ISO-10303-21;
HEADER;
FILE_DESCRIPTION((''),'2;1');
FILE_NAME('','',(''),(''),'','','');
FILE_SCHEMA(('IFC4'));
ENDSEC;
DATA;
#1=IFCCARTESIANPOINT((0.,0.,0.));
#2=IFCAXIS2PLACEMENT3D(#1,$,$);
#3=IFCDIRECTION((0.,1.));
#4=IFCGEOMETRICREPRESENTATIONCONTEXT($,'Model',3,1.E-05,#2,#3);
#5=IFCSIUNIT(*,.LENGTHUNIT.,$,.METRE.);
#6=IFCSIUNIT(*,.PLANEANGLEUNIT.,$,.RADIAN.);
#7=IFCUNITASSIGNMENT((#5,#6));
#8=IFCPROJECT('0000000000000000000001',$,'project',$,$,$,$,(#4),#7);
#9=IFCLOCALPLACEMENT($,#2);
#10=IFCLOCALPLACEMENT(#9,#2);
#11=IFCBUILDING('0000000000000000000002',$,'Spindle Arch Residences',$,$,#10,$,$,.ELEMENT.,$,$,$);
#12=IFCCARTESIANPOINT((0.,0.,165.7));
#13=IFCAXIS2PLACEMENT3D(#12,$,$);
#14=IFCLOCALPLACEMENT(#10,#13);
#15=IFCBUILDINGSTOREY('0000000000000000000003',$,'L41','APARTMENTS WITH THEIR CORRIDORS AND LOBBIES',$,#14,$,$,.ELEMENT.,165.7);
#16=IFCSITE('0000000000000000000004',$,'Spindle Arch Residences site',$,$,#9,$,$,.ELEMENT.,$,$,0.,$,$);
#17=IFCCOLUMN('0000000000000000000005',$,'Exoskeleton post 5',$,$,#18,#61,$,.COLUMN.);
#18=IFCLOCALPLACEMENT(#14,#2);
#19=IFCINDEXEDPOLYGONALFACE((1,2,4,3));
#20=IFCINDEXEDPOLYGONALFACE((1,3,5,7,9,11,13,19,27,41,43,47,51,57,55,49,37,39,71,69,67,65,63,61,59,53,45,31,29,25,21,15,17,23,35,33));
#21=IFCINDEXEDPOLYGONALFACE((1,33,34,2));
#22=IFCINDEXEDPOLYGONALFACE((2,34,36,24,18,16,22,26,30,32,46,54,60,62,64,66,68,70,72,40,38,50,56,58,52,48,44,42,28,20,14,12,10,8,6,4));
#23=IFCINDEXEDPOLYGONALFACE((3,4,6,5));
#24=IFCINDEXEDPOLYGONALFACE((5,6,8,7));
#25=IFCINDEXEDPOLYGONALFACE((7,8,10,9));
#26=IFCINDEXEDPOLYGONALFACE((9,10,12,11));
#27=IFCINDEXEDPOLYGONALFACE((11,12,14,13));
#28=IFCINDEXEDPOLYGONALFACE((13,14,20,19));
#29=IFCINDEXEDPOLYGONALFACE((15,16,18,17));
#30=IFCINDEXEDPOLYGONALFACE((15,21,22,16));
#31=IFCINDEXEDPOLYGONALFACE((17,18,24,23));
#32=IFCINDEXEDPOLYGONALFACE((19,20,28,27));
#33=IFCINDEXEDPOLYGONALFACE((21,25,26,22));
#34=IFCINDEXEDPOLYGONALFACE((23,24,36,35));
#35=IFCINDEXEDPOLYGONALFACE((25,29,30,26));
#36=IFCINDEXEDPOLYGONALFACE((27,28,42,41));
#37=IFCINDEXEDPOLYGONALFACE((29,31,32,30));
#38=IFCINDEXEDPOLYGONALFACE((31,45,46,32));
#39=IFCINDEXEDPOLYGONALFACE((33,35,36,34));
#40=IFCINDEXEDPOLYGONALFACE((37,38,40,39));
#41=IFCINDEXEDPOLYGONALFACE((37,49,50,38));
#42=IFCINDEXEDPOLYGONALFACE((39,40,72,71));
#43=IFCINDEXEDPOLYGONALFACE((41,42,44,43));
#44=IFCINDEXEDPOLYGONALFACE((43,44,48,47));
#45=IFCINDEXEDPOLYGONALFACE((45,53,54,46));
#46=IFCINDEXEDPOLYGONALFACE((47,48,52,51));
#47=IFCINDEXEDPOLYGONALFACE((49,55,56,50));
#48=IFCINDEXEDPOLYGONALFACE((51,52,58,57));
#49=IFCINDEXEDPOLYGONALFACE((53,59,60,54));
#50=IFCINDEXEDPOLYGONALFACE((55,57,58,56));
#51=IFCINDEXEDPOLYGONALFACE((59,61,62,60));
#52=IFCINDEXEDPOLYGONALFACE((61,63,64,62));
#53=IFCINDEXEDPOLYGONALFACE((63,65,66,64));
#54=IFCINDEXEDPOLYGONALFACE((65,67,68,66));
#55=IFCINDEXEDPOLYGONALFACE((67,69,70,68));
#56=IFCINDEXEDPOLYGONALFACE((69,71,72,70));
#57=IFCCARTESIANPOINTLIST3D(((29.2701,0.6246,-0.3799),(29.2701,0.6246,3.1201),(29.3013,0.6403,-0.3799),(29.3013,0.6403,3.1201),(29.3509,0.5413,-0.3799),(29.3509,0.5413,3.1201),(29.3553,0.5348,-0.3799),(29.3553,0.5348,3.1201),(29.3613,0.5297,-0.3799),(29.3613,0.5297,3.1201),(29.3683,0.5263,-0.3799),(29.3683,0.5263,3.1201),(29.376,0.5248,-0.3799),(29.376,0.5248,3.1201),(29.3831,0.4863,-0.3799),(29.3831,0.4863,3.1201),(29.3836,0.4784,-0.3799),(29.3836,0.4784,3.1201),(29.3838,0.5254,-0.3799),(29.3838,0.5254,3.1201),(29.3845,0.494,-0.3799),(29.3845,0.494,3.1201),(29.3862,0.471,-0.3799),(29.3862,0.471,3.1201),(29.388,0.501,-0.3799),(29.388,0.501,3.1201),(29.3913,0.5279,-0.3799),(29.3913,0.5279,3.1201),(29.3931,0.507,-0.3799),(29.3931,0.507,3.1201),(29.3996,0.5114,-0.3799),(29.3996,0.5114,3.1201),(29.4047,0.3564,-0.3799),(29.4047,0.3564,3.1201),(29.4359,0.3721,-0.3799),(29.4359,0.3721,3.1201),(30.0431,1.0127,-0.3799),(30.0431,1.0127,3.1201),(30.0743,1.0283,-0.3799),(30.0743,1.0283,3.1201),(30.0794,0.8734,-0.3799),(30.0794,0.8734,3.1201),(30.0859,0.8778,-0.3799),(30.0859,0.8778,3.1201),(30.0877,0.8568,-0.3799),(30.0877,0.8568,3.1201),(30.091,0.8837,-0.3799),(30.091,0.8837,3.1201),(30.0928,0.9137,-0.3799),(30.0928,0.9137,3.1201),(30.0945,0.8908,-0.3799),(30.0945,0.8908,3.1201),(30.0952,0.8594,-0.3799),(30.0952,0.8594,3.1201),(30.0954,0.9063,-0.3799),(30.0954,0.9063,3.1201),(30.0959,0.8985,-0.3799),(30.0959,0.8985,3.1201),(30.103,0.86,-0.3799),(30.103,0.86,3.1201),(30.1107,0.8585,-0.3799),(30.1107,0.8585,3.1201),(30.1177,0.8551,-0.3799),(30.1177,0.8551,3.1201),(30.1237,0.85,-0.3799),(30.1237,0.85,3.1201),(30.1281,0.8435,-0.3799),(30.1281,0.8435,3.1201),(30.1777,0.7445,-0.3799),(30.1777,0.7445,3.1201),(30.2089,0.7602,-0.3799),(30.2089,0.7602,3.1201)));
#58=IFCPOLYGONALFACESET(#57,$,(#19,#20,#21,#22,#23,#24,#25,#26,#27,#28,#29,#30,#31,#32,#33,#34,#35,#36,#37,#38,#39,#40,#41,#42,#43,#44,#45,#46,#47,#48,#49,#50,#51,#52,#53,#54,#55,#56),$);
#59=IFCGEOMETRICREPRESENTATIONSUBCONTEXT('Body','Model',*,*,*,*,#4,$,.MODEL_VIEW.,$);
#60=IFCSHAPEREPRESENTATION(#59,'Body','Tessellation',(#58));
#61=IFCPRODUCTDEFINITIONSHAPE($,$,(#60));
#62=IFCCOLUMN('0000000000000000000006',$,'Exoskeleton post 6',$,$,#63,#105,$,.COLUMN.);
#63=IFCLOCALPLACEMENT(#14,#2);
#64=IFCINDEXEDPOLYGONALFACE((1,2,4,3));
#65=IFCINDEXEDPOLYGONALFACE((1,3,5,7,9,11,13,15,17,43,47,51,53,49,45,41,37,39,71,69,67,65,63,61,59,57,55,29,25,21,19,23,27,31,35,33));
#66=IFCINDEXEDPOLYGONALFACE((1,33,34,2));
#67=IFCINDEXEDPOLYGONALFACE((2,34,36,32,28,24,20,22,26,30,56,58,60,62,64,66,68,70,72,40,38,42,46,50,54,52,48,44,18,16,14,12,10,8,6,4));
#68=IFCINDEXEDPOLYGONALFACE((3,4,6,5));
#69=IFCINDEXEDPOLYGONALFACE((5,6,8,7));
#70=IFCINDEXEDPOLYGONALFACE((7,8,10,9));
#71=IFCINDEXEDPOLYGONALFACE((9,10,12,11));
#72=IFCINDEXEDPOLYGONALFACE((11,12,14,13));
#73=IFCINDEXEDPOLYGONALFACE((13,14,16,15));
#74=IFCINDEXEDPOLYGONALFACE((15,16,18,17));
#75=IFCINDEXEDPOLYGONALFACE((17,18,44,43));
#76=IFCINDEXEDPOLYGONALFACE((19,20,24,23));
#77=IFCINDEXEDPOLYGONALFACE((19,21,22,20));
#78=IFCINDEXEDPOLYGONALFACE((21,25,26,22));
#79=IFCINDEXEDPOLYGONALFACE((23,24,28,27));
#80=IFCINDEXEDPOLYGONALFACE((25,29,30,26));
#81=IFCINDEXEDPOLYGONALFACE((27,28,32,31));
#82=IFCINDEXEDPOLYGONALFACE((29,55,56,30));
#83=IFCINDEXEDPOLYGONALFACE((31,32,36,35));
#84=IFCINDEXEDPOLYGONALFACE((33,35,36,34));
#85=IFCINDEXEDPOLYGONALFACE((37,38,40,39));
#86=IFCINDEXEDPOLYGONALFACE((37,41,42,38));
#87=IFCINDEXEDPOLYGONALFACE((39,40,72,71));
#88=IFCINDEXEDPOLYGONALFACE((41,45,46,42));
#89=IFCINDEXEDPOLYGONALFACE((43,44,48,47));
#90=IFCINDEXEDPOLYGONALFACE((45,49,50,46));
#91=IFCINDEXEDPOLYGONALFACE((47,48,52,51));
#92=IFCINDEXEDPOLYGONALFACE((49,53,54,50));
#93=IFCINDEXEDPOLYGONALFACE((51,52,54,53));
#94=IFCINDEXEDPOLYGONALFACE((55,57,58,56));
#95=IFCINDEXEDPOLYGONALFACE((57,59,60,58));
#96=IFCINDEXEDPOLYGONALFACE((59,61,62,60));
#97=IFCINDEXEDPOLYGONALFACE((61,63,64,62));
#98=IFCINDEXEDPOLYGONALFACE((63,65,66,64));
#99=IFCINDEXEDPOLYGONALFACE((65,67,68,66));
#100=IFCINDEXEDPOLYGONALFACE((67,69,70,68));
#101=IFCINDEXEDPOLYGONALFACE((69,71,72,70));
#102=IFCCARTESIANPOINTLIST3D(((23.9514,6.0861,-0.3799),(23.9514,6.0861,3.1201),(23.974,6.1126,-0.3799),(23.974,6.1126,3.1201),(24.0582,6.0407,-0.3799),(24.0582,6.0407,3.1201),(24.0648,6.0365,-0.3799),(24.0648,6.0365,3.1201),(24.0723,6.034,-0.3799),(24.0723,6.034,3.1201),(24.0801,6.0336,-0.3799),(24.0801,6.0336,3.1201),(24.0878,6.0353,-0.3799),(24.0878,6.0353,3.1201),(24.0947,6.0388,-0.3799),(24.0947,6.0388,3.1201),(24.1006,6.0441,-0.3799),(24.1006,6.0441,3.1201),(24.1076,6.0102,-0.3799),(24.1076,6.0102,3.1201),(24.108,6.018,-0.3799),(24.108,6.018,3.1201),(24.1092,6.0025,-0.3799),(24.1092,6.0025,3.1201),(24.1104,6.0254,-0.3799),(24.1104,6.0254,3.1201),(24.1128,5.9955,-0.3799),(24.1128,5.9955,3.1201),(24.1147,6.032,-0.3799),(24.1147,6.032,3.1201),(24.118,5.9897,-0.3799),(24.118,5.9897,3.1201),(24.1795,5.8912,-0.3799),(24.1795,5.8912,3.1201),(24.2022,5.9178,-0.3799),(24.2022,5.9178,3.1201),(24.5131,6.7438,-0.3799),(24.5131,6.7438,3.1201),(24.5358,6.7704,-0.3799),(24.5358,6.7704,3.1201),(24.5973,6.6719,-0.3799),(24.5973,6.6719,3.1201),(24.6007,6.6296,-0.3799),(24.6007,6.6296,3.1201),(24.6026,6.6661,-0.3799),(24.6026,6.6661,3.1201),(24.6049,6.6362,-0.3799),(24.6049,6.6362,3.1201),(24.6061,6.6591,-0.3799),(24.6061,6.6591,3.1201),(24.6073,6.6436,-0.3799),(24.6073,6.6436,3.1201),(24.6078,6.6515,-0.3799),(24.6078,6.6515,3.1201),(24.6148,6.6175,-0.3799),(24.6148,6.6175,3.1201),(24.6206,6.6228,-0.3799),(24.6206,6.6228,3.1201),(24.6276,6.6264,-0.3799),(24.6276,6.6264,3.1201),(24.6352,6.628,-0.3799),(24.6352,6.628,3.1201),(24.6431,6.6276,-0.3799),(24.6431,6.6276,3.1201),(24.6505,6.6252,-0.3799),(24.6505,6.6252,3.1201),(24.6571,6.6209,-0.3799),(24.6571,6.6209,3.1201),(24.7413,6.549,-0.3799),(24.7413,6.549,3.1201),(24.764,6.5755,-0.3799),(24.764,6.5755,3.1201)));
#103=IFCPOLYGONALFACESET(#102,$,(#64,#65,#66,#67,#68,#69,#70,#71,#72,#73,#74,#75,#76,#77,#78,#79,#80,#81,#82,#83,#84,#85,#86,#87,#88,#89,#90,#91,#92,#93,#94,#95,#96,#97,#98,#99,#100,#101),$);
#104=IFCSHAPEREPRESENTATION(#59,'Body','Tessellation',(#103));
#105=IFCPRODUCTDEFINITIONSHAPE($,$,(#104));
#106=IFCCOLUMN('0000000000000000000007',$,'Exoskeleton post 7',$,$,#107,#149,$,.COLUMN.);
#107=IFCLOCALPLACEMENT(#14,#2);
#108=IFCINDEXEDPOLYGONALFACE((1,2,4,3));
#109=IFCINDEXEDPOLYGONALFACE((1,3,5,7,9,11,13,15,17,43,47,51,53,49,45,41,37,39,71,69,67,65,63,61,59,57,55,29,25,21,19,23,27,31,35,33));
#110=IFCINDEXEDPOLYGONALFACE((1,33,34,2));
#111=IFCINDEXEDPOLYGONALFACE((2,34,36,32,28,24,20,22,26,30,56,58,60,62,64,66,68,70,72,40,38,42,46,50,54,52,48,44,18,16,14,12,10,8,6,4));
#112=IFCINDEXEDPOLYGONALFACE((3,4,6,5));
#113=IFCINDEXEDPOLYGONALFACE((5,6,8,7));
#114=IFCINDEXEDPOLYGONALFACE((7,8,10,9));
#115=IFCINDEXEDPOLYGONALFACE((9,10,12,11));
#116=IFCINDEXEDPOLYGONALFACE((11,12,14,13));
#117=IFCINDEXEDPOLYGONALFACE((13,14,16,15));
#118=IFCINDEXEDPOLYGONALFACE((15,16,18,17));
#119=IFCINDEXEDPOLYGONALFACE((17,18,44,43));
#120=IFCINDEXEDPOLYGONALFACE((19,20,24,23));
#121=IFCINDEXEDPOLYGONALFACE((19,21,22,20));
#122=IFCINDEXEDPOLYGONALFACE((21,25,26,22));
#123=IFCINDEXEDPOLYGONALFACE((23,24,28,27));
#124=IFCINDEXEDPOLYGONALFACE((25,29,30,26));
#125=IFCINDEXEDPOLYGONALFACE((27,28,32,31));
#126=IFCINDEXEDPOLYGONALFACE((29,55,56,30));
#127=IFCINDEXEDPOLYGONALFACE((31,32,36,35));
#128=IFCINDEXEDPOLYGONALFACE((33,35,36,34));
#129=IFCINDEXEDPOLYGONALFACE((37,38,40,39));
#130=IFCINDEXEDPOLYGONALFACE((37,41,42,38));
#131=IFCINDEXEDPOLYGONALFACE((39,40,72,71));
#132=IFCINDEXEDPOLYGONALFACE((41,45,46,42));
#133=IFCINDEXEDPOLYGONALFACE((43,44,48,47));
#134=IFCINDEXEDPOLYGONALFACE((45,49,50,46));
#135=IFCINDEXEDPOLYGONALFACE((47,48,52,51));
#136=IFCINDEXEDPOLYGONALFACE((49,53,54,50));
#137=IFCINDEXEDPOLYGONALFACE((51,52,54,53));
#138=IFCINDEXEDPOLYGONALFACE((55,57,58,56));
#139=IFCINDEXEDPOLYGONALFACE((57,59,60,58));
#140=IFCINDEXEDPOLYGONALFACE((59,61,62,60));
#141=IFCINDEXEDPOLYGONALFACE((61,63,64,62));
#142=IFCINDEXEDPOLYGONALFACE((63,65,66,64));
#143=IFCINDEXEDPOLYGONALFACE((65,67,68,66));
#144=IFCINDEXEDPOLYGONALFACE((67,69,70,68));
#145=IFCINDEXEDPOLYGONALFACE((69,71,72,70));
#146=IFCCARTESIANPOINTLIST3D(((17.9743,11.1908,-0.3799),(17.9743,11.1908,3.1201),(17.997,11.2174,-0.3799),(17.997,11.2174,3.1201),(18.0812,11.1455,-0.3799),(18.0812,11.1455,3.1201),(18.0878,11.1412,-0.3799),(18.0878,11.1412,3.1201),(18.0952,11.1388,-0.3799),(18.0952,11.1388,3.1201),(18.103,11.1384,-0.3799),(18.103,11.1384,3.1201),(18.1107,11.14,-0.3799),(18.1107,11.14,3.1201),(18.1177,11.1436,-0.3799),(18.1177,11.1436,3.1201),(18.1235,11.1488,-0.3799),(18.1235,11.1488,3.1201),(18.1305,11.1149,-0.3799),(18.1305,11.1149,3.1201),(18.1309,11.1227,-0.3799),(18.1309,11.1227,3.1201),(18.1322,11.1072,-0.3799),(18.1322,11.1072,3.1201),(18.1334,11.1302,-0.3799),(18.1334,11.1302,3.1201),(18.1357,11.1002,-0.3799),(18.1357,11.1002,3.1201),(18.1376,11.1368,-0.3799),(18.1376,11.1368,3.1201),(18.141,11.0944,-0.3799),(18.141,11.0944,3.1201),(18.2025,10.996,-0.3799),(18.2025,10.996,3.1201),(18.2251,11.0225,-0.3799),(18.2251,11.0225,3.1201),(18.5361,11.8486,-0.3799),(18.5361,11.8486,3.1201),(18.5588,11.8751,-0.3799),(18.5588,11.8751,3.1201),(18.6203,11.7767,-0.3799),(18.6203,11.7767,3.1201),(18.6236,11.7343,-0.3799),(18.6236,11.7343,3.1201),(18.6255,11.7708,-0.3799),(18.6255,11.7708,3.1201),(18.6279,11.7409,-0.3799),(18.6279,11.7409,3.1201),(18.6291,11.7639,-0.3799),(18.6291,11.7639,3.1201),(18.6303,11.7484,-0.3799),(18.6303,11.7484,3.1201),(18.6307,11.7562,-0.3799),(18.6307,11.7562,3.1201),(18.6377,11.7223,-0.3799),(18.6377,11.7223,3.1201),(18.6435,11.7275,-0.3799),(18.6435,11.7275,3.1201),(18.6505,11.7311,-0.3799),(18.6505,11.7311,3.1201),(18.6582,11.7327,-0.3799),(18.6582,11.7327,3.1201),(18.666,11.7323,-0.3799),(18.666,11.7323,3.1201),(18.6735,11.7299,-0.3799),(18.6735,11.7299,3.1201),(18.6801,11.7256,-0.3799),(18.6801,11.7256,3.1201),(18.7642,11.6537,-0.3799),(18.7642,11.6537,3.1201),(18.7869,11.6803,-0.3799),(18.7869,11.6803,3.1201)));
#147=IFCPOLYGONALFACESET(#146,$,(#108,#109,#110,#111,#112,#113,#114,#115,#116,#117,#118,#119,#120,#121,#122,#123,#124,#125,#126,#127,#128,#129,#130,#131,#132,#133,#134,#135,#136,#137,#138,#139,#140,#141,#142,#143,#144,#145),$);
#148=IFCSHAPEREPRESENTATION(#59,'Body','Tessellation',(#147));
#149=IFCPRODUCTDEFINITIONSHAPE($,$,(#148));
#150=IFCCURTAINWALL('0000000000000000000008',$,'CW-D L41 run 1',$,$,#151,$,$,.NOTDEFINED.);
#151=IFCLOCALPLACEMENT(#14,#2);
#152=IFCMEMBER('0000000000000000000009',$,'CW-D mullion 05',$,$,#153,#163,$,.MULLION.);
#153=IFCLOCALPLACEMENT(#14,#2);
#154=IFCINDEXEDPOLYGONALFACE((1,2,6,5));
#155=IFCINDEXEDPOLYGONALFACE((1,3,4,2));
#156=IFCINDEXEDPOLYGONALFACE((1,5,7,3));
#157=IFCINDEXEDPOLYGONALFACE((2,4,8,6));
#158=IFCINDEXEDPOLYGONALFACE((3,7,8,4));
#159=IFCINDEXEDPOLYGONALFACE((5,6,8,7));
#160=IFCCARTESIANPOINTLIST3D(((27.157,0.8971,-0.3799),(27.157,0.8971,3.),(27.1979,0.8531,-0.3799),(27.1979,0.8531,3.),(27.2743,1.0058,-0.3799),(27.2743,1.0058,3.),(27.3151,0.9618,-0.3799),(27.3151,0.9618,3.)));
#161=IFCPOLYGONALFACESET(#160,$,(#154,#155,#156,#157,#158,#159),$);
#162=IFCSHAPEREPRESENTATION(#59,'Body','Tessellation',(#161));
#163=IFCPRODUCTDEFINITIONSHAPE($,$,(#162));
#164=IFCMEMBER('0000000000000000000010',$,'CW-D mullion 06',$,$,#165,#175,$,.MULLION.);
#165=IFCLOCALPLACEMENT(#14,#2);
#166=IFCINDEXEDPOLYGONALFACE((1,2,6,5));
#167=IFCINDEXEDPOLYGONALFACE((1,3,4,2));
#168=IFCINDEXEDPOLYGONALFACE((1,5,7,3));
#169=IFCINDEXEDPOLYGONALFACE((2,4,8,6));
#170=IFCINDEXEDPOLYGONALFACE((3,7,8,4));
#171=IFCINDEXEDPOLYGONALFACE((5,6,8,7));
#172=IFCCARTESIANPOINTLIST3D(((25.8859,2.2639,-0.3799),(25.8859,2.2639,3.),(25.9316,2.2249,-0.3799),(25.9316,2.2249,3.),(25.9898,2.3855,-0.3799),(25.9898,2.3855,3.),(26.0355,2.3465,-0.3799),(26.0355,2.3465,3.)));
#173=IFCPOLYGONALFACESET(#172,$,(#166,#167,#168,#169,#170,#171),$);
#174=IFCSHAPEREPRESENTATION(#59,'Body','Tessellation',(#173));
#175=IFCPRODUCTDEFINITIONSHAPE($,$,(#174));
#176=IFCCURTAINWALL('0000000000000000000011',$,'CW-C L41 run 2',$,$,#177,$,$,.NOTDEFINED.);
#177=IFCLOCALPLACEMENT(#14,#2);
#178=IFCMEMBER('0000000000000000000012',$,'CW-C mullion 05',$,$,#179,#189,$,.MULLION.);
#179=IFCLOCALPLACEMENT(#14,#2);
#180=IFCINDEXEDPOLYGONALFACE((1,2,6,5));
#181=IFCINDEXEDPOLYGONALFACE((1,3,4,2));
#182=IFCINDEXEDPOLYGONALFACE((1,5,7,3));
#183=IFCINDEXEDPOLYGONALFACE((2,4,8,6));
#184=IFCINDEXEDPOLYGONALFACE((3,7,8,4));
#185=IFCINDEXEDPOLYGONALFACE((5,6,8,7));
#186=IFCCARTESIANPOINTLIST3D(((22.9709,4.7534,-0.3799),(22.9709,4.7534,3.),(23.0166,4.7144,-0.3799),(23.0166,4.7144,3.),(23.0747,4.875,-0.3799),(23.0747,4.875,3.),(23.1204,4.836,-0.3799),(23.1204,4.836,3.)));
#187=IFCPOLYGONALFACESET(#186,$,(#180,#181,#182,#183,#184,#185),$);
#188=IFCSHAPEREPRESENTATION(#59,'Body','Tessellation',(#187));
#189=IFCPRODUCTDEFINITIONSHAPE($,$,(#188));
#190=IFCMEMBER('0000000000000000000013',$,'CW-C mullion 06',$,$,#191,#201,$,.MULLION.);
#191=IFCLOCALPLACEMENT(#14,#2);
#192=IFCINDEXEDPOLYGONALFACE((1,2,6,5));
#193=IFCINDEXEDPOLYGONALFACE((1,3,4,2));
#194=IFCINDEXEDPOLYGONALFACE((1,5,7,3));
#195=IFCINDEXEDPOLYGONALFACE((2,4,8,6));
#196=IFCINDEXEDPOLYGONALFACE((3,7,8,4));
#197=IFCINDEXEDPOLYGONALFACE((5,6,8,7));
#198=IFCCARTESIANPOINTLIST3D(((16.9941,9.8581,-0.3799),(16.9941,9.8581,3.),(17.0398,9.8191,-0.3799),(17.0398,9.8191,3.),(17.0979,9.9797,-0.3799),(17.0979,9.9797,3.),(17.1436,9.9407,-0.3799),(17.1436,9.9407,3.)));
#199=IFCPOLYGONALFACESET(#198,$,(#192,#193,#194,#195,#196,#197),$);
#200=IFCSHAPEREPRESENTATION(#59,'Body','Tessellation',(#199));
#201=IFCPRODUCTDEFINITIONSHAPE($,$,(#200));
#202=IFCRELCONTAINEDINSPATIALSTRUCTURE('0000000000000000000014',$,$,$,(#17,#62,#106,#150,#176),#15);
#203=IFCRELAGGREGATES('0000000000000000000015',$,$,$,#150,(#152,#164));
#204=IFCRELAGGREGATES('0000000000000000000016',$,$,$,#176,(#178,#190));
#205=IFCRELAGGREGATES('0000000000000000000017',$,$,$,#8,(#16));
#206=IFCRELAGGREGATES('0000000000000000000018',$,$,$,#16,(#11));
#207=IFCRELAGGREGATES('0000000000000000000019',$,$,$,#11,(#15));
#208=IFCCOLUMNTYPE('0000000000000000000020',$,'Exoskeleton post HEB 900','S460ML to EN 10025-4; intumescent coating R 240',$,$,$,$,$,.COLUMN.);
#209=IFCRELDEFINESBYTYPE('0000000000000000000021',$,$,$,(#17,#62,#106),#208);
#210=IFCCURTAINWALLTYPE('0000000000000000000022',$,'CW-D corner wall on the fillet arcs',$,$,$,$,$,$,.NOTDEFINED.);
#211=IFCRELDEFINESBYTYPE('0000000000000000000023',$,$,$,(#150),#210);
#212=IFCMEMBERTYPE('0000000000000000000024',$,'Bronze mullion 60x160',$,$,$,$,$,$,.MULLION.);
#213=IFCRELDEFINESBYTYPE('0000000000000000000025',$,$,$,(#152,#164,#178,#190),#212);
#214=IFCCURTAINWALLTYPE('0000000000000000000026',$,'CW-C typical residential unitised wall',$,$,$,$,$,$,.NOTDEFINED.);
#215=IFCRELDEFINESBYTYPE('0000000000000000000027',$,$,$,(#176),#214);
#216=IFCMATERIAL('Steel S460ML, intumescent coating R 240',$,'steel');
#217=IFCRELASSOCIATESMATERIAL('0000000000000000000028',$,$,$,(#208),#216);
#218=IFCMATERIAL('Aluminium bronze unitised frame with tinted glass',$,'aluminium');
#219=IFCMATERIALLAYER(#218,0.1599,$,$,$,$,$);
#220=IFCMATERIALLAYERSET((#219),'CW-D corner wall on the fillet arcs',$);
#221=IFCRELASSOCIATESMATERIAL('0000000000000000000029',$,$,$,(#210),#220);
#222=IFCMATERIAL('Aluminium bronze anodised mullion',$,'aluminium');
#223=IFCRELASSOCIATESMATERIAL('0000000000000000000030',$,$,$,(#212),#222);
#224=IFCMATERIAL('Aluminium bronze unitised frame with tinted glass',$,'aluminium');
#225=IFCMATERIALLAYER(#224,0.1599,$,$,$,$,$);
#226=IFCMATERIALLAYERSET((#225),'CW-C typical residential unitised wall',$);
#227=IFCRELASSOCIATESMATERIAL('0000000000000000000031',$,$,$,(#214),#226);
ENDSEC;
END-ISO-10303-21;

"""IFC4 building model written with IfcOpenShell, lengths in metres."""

from ifc_helpers import new_model, si_unit, direction, frame, origin, origin_2d, place, context, subcontext, project, spatial, rectangle, i_section, extrude, material, layer, layer_set, material_profile, profile_set, type_object, element, aggregate, save


model = new_model("IFC4")

# Units and contexts
model_context = context("Model", 3, precision=1e-05, world=origin(), true_north=direction((0.0, 1.0)))
body_context = subcontext(model_context, "Body", "Model", "MODEL_VIEW")
ifc_project = project(units=[si_unit("LENGTHUNIT", "METRE"), si_unit("PLANEANGLEUNIT", "RADIAN")], contexts=[model_context])

# Site, building, storey
site_placement = place(None, origin())
site = spatial("IfcSite", under=ifc_project, at=site_placement, Name="Spindle Arch Residences site", CompositionType="ELEMENT", RefElevation=0.0)
building_placement = place(site_placement, origin())
building = spatial("IfcBuilding", under=site, at=building_placement, Name="Spindle Arch Residences", CompositionType="ELEMENT")
storey_placement = place(building_placement, frame((0.0, 0.0, 165.7)))
storey = spatial("IfcBuildingStorey", under=building, at=storey_placement, Name="L41", Description="APARTMENTS WITH THEIR CORRIDORS AND LOBBIES", CompositionType="ELEMENT", Elevation=165.7)

# Columns
ifc_material_1 = material(Name="Steel S460ML, intumescent coating R 240", Category="steel")
ifc_material_profile_1 = material_profile(ifc_material_1, i_section(OverallWidth=0.3, OverallDepth=0.8999, WebThickness=0.0186, FlangeThickness=0.0349, FilletRadius=0.03, at=origin_2d()), Name="HEB 900")
ifc_profile_set_1 = profile_set([ifc_material_profile_1], Name="Steel S460ML, intumescent coating R 240")
column_type = type_object("IfcColumnType", Name="Exoskeleton post HEB 900", Description="S460ML to EN 10025-4; intumescent coating R 240", PredefinedType="COLUMN", material=ifc_profile_set_1)
for number, where, z_axis, x_axis, name in (
    (1, (29.7395, 0.6924, -0.3799), (0.0, 0.0, 1.0), (0.448657, -0.893704, 0.0), "Exoskeleton post 5"),
    (2, (24.3577, 6.3308, -0.3799), (0.0, 0.0, 1.0), (0.760406, -0.649448, 0.0), "Exoskeleton post 6"),
    (3, (18.3806, 11.4355, -0.3799), (0.0, 0.0, 1.0), (0.760406, -0.649448, 0.0), "Exoskeleton post 7"),
):
    element("IfcColumn", number, at=place(storey_placement, frame(where, z_axis=z_axis, x_axis=x_axis)), inside=storey, type_object=column_type, Name=name, PredefinedType="COLUMN", context=body_context, shape_type="SweptSolid", body=[
        extrude(i_section(OverallWidth=0.3, OverallDepth=0.8999, WebThickness=0.0186, FlangeThickness=0.0349, FilletRadius=0.03, at=origin_2d()), origin(), (0.0, 0.0, 1.0), 3.5),
    ])

# Curtain walls, members
ifc_material_2 = material(Name="Aluminium bronze unitised frame with tinted glass", Category="aluminium")
ifc_layer_1 = layer(ifc_material_2, 0.1599)
ifc_layer_set_1 = layer_set([ifc_layer_1], Name="CW-D corner wall on the fillet arcs")
curtain_wall_type_1 = type_object("IfcCurtainWallType", Name="CW-D corner wall on the fillet arcs", PredefinedType="NOTDEFINED", material=ifc_layer_set_1)
curtain_wall_1_placement = place(storey_placement, origin())
curtain_wall_1 = element("IfcCurtainWall", 4, at=curtain_wall_1_placement, inside=storey, type_object=curtain_wall_type_1, Name="CW-D L41 run 1", PredefinedType="NOTDEFINED")
ifc_material_3 = material(Name="Aluminium bronze anodised mullion", Category="aluminium")
ifc_material_profile_2 = material_profile(ifc_material_3, rectangle(XDim=0.1599, YDim=0.0601, at=origin_2d()), Name="MU 60x160")
ifc_profile_set_2 = profile_set([ifc_material_profile_2], Name="Aluminium bronze anodised mullion")
member_type_1 = type_object("IfcMemberType", Name="Bronze mullion 60x160", PredefinedType="MULLION", material=ifc_profile_set_2)
member_1_placement = place(storey_placement, frame((27.2361, 0.9294, -0.3799), z_axis=(0.0, 0.0, 1.0), x_axis=(-0.733334, -0.679868, 0.0)))
member_1 = element("IfcMember", 5, at=member_1_placement, type_object=member_type_1, Name="CW-D mullion 05", PredefinedType="MULLION", context=body_context, shape_type="SweptSolid", body=[
    extrude(rectangle(XDim=0.1599, YDim=0.0601, at=origin_2d()), origin(), (0.0, 0.0, 1.0), 3.3799),
])
member_2_placement = place(storey_placement, frame((25.9607, 2.3052, -0.3799), z_axis=(0.0, 0.0, 1.0), x_axis=(-0.649448, -0.760406, 0.0)))
member_2 = element("IfcMember", 6, at=member_2_placement, type_object=member_type_1, Name="CW-D mullion 06", PredefinedType="MULLION", context=body_context, shape_type="SweptSolid", body=[
    extrude(rectangle(XDim=0.1599, YDim=0.0601, at=origin_2d()), origin(), (0.0, 0.0, 1.0), 3.3799),
])
ifc_material_4 = material(Name="Aluminium bronze unitised frame with tinted glass", Category="aluminium")
ifc_layer_2 = layer(ifc_material_4, 0.1599)
ifc_layer_set_2 = layer_set([ifc_layer_2], Name="CW-C typical residential unitised wall")
curtain_wall_type_2 = type_object("IfcCurtainWallType", Name="CW-C typical residential unitised wall", PredefinedType="NOTDEFINED", material=ifc_layer_set_2)
curtain_wall_2_placement = place(storey_placement, origin())
curtain_wall_2 = element("IfcCurtainWall", 7, at=curtain_wall_2_placement, inside=storey, type_object=curtain_wall_type_2, Name="CW-C L41 run 2", PredefinedType="NOTDEFINED")
member_3_placement = place(storey_placement, frame((23.0457, 4.7947, -0.3799), z_axis=(0.0, 0.0, 1.0), x_axis=(-0.649448, -0.760406, 0.0)))
member_3 = element("IfcMember", 8, at=member_3_placement, type_object=member_type_1, Name="CW-C mullion 05", PredefinedType="MULLION", context=body_context, shape_type="SweptSolid", body=[
    extrude(rectangle(XDim=0.1599, YDim=0.0601, at=origin_2d()), origin(), (0.0, 0.0, 1.0), 3.3799),
])
member_4_placement = place(storey_placement, frame((17.0688, 9.8994, -0.3799), z_axis=(0.0, 0.0, 1.0), x_axis=(-0.649448, -0.760406, 0.0)))
member_4 = element("IfcMember", 9, at=member_4_placement, type_object=member_type_1, Name="CW-C mullion 06", PredefinedType="MULLION", context=body_context, shape_type="SweptSolid", body=[
    extrude(rectangle(XDim=0.1599, YDim=0.0601, at=origin_2d()), origin(), (0.0, 0.0, 1.0), 3.3799),
])

aggregate(curtain_wall_1, [member_1, member_2])
aggregate(curtain_wall_2, [member_3, member_4])

save(model, "model.ifc")
